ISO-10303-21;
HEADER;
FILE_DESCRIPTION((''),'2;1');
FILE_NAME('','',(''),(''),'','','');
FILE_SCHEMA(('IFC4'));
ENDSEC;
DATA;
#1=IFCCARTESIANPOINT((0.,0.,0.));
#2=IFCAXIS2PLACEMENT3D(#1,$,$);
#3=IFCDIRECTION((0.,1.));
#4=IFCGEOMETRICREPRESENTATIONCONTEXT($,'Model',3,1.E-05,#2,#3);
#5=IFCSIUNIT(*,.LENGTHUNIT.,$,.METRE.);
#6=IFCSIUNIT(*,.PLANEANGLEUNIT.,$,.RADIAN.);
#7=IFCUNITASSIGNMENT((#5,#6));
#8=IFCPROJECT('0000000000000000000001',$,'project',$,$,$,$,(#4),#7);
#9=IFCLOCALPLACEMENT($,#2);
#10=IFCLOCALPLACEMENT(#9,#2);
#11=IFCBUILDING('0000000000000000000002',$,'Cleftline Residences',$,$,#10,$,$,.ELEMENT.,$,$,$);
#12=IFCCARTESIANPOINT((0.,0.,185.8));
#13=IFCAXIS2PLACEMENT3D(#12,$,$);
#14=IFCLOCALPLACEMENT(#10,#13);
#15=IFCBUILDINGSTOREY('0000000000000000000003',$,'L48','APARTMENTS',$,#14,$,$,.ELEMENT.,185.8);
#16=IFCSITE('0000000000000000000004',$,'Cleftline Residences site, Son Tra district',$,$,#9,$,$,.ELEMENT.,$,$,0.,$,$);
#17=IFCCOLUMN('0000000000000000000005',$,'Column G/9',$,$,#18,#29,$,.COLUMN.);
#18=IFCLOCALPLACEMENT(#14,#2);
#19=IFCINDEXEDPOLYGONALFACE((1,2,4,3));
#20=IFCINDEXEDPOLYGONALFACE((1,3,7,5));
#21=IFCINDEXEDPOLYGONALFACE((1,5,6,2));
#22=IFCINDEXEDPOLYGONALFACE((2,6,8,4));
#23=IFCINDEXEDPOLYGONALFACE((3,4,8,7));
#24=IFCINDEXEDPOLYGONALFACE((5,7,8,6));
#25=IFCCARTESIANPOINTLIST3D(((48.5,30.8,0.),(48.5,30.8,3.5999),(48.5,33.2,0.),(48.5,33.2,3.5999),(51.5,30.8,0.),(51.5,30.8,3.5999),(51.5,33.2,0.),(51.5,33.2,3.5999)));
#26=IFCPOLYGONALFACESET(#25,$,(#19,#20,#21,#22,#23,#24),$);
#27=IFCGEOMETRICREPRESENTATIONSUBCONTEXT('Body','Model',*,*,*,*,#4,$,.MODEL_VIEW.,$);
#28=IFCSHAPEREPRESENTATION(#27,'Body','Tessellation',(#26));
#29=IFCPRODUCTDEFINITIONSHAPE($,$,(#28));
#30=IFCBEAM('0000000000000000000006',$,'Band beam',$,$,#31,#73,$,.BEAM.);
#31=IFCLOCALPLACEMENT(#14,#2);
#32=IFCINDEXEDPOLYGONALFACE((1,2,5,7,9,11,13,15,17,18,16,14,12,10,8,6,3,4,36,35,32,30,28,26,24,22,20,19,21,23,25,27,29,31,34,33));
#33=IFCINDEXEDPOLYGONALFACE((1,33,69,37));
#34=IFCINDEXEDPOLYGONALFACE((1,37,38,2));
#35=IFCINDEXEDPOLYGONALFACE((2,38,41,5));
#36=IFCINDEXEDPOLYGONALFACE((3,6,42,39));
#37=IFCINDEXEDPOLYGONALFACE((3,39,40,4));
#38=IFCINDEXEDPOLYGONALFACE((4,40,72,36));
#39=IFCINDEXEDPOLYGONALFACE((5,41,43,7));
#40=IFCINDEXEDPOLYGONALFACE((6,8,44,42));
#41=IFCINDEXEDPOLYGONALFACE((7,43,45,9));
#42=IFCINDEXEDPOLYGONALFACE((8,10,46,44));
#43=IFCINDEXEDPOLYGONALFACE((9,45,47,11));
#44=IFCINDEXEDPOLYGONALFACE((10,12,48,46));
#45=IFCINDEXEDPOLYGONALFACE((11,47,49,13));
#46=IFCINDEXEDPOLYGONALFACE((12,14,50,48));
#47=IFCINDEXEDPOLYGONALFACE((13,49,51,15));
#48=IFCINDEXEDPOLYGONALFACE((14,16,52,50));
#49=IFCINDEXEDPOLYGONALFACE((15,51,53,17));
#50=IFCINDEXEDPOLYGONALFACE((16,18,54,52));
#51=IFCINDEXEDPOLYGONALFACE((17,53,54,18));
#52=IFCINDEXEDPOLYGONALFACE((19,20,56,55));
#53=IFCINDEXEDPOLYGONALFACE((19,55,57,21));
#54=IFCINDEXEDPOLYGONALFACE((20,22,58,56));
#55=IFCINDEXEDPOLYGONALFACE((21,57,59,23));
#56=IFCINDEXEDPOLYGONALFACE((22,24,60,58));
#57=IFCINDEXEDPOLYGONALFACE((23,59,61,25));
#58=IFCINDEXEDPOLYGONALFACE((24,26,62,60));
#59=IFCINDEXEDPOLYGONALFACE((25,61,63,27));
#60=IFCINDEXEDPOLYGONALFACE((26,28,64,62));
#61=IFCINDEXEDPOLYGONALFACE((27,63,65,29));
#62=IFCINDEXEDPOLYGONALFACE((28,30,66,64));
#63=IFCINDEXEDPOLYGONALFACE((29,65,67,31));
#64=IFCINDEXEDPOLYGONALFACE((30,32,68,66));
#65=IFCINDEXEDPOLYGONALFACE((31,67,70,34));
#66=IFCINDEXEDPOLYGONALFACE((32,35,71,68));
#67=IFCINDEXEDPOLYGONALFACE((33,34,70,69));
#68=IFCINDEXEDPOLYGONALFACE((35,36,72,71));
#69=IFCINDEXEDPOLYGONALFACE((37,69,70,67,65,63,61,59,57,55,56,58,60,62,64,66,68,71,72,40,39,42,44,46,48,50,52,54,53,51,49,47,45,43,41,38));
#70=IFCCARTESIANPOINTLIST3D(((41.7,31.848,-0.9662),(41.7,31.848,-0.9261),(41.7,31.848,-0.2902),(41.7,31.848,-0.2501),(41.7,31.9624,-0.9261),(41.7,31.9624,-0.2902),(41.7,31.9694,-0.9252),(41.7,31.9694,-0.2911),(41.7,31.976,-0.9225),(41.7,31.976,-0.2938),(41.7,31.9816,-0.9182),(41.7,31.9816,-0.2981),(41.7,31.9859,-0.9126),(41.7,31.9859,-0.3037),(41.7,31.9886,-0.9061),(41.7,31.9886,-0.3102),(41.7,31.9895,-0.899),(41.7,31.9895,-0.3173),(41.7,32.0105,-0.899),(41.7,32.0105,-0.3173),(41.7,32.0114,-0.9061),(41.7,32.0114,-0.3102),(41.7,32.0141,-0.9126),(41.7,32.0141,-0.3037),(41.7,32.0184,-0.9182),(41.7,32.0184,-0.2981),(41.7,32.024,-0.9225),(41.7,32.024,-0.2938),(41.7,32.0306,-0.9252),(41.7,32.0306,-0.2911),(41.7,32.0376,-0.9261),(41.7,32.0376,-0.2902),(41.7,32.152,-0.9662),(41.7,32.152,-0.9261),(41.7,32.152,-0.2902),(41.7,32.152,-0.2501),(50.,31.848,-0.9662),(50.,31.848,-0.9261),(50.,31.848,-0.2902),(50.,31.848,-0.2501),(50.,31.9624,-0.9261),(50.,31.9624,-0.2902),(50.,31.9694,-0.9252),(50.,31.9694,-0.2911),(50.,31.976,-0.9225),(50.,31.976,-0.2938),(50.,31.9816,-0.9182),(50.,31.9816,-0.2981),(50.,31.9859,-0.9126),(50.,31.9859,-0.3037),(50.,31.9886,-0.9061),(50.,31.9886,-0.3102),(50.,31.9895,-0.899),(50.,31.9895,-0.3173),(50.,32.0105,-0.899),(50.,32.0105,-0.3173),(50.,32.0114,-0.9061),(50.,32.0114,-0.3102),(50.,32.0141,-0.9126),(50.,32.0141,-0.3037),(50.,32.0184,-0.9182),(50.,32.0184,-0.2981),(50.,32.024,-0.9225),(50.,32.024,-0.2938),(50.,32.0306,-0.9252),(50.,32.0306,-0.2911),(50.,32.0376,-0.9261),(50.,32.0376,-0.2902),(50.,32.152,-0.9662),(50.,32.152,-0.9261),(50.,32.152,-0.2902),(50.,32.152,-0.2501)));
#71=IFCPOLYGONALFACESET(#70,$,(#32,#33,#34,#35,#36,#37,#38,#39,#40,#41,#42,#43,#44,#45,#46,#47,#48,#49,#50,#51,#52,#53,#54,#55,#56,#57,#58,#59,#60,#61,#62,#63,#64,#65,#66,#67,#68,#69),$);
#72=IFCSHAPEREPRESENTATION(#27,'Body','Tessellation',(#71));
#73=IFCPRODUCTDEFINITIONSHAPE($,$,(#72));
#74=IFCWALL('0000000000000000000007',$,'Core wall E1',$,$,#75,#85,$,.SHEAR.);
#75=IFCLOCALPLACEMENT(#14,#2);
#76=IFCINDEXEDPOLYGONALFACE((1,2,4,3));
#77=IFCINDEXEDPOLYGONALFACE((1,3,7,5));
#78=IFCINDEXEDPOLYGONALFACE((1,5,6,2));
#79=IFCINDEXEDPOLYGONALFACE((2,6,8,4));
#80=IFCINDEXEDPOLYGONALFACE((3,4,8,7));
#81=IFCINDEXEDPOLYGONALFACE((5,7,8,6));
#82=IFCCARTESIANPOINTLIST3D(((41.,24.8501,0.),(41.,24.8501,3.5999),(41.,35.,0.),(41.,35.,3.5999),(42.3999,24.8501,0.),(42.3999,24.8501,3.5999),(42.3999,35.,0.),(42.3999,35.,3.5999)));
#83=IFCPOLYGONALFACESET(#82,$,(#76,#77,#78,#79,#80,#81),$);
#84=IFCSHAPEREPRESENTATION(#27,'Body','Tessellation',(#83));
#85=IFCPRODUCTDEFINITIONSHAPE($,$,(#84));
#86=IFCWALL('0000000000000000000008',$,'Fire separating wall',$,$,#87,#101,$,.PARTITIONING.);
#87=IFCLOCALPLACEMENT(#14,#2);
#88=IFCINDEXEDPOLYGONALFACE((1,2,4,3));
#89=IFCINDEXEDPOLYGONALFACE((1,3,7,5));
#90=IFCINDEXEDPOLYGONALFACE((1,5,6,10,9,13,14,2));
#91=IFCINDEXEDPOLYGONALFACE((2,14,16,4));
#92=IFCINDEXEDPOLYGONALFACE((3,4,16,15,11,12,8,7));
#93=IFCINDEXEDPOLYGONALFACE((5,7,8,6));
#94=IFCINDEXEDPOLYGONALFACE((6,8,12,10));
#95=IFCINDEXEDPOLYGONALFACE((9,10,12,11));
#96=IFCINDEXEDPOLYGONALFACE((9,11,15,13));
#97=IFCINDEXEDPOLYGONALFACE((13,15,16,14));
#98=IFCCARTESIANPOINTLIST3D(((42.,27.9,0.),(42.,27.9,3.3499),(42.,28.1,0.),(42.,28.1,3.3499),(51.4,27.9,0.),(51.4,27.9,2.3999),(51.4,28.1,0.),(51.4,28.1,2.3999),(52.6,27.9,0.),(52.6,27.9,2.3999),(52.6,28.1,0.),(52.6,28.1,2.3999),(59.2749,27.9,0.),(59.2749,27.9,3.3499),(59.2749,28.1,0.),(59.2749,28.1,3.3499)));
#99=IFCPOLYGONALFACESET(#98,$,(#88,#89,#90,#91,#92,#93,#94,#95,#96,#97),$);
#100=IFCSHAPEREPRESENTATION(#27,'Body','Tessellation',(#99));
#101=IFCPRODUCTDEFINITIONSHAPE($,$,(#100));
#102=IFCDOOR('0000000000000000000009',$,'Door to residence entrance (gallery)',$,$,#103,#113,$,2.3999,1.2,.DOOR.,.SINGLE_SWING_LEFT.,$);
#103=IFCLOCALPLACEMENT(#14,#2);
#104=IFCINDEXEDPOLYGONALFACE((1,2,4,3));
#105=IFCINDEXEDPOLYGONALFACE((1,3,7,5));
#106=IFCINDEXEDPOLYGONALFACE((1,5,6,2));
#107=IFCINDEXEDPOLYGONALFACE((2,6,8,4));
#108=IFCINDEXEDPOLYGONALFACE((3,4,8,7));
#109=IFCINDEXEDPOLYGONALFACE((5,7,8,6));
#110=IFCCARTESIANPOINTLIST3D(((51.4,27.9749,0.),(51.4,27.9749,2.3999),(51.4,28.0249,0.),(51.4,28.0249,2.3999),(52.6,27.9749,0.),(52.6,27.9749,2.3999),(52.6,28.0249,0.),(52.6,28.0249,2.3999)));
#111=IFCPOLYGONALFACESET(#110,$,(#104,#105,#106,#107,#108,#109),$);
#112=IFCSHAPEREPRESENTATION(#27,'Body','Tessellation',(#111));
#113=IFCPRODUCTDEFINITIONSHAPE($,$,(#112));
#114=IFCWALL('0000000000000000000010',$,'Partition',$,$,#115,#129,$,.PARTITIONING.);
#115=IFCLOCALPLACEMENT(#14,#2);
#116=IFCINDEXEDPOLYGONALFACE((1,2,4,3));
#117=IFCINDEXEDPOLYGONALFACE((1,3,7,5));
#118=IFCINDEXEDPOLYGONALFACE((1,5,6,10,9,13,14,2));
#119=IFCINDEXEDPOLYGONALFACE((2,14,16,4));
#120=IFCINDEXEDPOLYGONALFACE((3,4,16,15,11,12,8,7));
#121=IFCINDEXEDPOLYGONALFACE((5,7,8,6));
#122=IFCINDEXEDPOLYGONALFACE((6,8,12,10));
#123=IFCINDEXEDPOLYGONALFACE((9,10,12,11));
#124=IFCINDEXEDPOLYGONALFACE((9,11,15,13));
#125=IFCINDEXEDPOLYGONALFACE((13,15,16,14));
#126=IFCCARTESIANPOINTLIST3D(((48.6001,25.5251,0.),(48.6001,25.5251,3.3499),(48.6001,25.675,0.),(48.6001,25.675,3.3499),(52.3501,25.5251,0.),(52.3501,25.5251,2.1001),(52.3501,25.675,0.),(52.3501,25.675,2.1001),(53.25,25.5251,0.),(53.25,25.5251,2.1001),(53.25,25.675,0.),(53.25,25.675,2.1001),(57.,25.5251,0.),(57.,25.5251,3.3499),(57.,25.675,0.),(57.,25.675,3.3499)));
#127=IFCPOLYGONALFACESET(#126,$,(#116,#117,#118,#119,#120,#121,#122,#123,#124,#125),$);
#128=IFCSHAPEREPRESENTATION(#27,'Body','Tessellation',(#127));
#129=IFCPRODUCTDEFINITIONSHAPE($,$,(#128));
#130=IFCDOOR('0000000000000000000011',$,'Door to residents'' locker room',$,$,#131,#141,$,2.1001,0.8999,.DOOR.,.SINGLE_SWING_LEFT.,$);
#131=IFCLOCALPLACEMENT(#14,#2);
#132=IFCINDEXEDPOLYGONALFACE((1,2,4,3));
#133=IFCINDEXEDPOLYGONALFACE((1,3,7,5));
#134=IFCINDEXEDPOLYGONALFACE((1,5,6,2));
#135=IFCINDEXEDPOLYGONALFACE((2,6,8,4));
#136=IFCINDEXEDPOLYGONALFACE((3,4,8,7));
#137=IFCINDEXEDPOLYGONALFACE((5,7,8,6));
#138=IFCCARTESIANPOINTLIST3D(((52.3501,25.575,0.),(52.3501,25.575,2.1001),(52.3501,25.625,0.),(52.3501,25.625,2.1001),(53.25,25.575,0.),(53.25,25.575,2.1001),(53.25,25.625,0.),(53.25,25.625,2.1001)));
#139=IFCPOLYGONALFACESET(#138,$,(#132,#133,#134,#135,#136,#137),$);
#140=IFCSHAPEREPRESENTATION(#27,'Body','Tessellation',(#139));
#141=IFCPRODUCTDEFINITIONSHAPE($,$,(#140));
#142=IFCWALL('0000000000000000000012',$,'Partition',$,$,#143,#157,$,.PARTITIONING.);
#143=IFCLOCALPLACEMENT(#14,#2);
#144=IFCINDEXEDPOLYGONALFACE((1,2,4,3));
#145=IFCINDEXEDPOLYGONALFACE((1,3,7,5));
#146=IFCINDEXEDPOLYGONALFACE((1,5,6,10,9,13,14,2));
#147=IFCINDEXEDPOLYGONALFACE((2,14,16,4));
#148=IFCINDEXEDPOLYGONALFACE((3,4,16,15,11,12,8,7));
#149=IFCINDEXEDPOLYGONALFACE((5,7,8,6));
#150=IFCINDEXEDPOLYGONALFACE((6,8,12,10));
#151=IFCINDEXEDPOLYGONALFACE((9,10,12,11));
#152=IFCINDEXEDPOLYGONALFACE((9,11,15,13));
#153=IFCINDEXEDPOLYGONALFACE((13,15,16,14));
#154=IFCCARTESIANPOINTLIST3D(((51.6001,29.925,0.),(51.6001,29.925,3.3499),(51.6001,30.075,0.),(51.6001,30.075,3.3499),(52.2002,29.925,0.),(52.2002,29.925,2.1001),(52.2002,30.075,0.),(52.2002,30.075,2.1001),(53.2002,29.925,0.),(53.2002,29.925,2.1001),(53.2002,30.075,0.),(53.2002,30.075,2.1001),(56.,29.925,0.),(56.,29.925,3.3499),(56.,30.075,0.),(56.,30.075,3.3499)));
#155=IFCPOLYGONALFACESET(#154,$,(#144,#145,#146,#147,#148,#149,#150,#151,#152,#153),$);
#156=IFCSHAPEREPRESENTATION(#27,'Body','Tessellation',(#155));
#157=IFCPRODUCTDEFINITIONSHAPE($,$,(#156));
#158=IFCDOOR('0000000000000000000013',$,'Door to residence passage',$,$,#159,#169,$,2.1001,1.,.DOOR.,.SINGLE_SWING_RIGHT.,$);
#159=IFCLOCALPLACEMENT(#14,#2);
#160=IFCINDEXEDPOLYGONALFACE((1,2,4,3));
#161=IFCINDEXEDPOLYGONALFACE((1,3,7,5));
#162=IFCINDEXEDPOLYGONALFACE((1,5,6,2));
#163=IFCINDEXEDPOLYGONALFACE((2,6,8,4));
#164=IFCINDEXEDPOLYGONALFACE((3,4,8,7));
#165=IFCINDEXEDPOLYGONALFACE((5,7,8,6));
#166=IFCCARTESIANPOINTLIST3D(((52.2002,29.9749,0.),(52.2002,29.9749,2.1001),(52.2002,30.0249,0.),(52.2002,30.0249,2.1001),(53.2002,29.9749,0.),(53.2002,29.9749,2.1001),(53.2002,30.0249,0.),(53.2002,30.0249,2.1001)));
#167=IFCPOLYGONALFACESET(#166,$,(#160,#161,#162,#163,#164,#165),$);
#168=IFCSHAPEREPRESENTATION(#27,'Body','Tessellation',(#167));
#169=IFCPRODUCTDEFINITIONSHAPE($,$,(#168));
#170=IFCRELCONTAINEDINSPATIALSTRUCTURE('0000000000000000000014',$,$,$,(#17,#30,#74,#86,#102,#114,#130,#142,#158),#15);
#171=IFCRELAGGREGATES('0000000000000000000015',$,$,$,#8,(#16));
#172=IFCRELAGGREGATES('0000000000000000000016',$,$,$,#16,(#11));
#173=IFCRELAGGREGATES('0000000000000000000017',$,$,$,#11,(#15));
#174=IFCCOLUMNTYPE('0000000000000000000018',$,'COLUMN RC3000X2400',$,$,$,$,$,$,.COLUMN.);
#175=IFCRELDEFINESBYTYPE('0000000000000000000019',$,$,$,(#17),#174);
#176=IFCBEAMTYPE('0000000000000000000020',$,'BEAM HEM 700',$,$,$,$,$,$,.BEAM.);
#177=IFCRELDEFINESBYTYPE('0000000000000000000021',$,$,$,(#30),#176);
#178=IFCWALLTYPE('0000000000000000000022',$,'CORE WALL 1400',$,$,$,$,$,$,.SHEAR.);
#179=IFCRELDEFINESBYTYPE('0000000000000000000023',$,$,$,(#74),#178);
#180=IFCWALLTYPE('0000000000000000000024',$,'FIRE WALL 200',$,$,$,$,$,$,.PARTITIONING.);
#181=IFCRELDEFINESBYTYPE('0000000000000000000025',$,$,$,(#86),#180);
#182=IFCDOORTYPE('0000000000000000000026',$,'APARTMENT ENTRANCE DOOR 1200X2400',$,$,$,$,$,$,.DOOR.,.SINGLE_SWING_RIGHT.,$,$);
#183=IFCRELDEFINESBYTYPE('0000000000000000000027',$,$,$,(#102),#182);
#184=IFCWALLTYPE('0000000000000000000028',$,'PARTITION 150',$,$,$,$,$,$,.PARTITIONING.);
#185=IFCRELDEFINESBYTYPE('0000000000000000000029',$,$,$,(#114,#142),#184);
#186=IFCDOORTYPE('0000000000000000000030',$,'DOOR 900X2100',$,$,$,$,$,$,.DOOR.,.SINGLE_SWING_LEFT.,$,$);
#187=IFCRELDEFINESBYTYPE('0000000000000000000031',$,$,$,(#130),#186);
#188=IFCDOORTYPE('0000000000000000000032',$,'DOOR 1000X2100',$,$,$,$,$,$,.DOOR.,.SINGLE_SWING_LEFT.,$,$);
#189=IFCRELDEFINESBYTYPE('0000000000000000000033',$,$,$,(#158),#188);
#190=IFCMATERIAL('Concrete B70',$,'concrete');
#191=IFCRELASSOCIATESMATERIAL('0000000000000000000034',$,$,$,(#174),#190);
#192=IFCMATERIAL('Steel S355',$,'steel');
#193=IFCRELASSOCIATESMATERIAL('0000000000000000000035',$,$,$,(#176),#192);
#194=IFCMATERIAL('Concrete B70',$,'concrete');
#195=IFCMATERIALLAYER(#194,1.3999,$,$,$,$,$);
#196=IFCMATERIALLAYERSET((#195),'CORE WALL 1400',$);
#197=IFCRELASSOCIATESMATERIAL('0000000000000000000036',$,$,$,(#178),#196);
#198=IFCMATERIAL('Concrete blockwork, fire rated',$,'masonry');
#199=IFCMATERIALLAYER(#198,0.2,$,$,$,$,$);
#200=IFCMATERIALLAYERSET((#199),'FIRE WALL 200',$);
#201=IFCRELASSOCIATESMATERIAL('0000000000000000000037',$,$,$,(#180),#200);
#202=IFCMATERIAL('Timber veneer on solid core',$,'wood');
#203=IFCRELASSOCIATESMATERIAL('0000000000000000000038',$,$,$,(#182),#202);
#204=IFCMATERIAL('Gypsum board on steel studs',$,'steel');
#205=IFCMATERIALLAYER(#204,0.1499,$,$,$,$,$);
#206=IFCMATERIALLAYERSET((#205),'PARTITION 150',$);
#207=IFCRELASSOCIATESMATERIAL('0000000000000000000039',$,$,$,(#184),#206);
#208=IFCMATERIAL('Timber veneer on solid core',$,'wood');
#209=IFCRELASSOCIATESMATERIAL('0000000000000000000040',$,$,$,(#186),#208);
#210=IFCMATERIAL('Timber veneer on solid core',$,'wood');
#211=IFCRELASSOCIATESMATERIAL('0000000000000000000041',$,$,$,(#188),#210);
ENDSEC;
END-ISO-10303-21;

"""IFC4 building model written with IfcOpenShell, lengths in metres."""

from ifc_helpers import new_model, si_unit, direction, frame, frame_2d, origin, origin_2d, place, context, subcontext, project, spatial, rectangle, i_section, extrude, material, layer, layer_set, material_profile, profile_set, type_object, element, fill, save


model = new_model("IFC4")

# Units and contexts
model_context = context("Model", 3, precision=1e-05, world=origin(), true_north=direction((0.0, 1.0)))
body_context = subcontext(model_context, "Body", "Model", "MODEL_VIEW")
ifc_project = project(units=[si_unit("LENGTHUNIT", "METRE"), si_unit("PLANEANGLEUNIT", "RADIAN")], contexts=[model_context])

# Site, building, storey
site_placement = place(None, origin())
site = spatial("IfcSite", under=ifc_project, at=site_placement, Name="Cleftline Residences site, Son Tra district", CompositionType="ELEMENT", RefElevation=0.0)
building_placement = place(site_placement, origin())
building = spatial("IfcBuilding", under=site, at=building_placement, Name="Cleftline Residences", CompositionType="ELEMENT")
storey_placement = place(building_placement, frame((0.0, 0.0, 185.8)))
storey = spatial("IfcBuildingStorey", under=building, at=storey_placement, Name="L48", Description="APARTMENTS", CompositionType="ELEMENT", Elevation=185.8)

# Column
ifc_material_1 = material(Name="Concrete B70", Category="concrete")
ifc_material_profile_1 = material_profile(ifc_material_1, rectangle(XDim=3.0, YDim=2.3999, at=origin_2d()))
ifc_profile_set_1 = profile_set([ifc_material_profile_1], Name="Concrete B70")
column_type = type_object("IfcColumnType", Name="COLUMN RC3000X2400", PredefinedType="COLUMN", material=ifc_profile_set_1)
column_placement = place(storey_placement, frame((50.0, 32.0, 0.0), z_axis=(0.0, 0.0, 1.0), x_axis=(1.0, 0.0, 0.0)))
element("IfcColumn", 1, at=column_placement, inside=storey, type_object=column_type, Name="Column G/9", PredefinedType="COLUMN", context=body_context, shape_type="SweptSolid", body=[
    extrude(rectangle(XDim=3.0, YDim=2.3999, at=origin_2d()), origin(), (0.0, 0.0, 1.0), 3.5999),
])

# Beam
ifc_material_2 = material(Name="Steel S355", Category="steel")
ifc_material_profile_2 = material_profile(ifc_material_2, i_section(OverallWidth=0.304, OverallDepth=0.7161, WebThickness=0.021, FlangeThickness=0.04, FilletRadius=0.0271, at=origin_2d()))
ifc_profile_set_2 = profile_set([ifc_material_profile_2], Name="Steel S355")
beam_type = type_object("IfcBeamType", Name="BEAM HEM 700", PredefinedType="BEAM", material=ifc_profile_set_2)
beam_placement = place(storey_placement, frame((50.0, 32.0, -0.6082), z_axis=(-1.0, 0.0, 0.0), x_axis=(0.0, -1.0, 0.0)))
element("IfcBeam", 2, at=beam_placement, inside=storey, type_object=beam_type, Name="Band beam", PredefinedType="BEAM", context=body_context, shape_type="SweptSolid", body=[
    extrude(i_section(OverallWidth=0.304, OverallDepth=0.7161, WebThickness=0.021, FlangeThickness=0.04, FilletRadius=0.0271, at=origin_2d()), origin(), (0.0, 0.0, 1.0), 8.3),
])

# Wall
ifc_material_3 = material(Name="Concrete B70", Category="concrete")
ifc_layer_1 = layer(ifc_material_3, 1.3999)
ifc_layer_set_1 = layer_set([ifc_layer_1], Name="CORE WALL 1400")
wall_type_1 = type_object("IfcWallType", Name="CORE WALL 1400", PredefinedType="SHEAR", material=ifc_layer_set_1)
wall_1_placement = place(storey_placement, frame((41.7, 24.8501, 0.0), z_axis=(0.0, 0.0, 1.0), x_axis=(0.0, 1.0, 0.0)))
element("IfcWall", 3, at=wall_1_placement, inside=storey, type_object=wall_type_1, Name="Core wall E1", PredefinedType="SHEAR", context=body_context, shape_type="SweptSolid", body=[
    extrude(rectangle(XDim=10.1499, YDim=1.3999, at=frame_2d((5.075, 0.0))), origin(), (0.0, 0.0, 1.0), 3.5999),
])

# Walls, openings, doors
ifc_material_4 = material(Name="Concrete blockwork, fire rated", Category="masonry")
ifc_layer_2 = layer(ifc_material_4, 0.2)
ifc_layer_set_2 = layer_set([ifc_layer_2], Name="FIRE WALL 200")
wall_type_2 = type_object("IfcWallType", Name="FIRE WALL 200", PredefinedType="PARTITIONING", material=ifc_layer_set_2)
wall_2_placement = place(storey_placement, frame((42.0, 28.0, 0.0), z_axis=(0.0, 0.0, 1.0), x_axis=(1.0, 0.0, 0.0)))
wall_2 = element("IfcWall", 4, at=wall_2_placement, inside=storey, type_object=wall_type_2, Name="Fire separating wall", PredefinedType="PARTITIONING", context=body_context, shape_type="SweptSolid", body=[
    extrude(rectangle(XDim=17.2749, YDim=0.2, at=frame_2d((8.6375, 0.0))), origin(), (0.0, 0.0, 1.0), 3.3499),
])
opening_1_placement = place(wall_2_placement, frame((9.3999, 0.0, 0.0)))
opening_1 = element("IfcOpeningElement", 5, at=opening_1_placement, cuts=wall_2, PredefinedType="OPENING", context=body_context, shape_type="SweptSolid", body=[
    extrude(rectangle(XDim=1.2, YDim=2.3999, at=frame_2d((0.6001, 1.2))), frame((0.0, 0.1099, 0.0), z_axis=(0.0, -1.0, 0.0), x_axis=(1.0, 0.0, 0.0)), (0.0, 0.0, 1.0), 0.22),
])
ifc_material_5 = material(Name="Timber veneer on solid core", Category="wood")
door_type_1 = type_object("IfcDoorType", Name="APARTMENT ENTRANCE DOOR 1200X2400", OperationType="SINGLE_SWING_RIGHT", PredefinedType="DOOR", material=ifc_material_5)
door_1_placement = place(opening_1_placement, origin())
door_1 = element("IfcDoor", 6, at=door_1_placement, inside=storey, type_object=door_type_1, Name="Door to residence entrance (gallery)", OperationType="SINGLE_SWING_LEFT", OverallHeight=2.3999, OverallWidth=1.2, PredefinedType="DOOR", context=body_context, shape_type="SweptSolid", body=[
    extrude(rectangle(XDim=1.2, YDim=2.3999, at=frame_2d((0.6001, 1.2))), frame((0.0, 0.0249, 0.0), z_axis=(0.0, -1.0, 0.0), x_axis=(1.0, 0.0, 0.0)), (0.0, 0.0, 1.0), 0.05),
])
fill(opening_1, door_1)
ifc_material_6 = material(Name="Gypsum board on steel studs", Category="steel")
ifc_layer_3 = layer(ifc_material_6, 0.1499)
ifc_layer_set_3 = layer_set([ifc_layer_3], Name="PARTITION 150")
wall_type_3 = type_object("IfcWallType", Name="PARTITION 150", PredefinedType="PARTITIONING", material=ifc_layer_set_3)
wall_3_placement = place(storey_placement, frame((48.6001, 25.6001, 0.0), z_axis=(0.0, 0.0, 1.0), x_axis=(1.0, 0.0, 0.0)))
wall_3 = element("IfcWall", 7, at=wall_3_placement, inside=storey, type_object=wall_type_3, Name="Partition", PredefinedType="PARTITIONING", context=body_context, shape_type="SweptSolid", body=[
    extrude(rectangle(XDim=8.3999, YDim=0.1499, at=frame_2d((4.2, 0.0))), origin(), (0.0, 0.0, 1.0), 3.3499),
])
opening_2_placement = place(wall_3_placement, frame((3.75, 0.0, 0.0)))
opening_2 = element("IfcOpeningElement", 8, at=opening_2_placement, cuts=wall_3, PredefinedType="OPENING", context=body_context, shape_type="SweptSolid", body=[
    extrude(rectangle(XDim=0.8999, YDim=2.1001, at=frame_2d((0.45, 1.05))), frame((0.0, 0.085, 0.0), z_axis=(0.0, -1.0, 0.0), x_axis=(1.0, 0.0, 0.0)), (0.0, 0.0, 1.0), 0.1699),
])
ifc_material_7 = material(Name="Timber veneer on solid core", Category="wood")
door_type_2 = type_object("IfcDoorType", Name="DOOR 900X2100", OperationType="SINGLE_SWING_LEFT", PredefinedType="DOOR", material=ifc_material_7)
door_2_placement = place(opening_2_placement, origin())
door_2 = element("IfcDoor", 9, at=door_2_placement, inside=storey, type_object=door_type_2, Name="Door to residents' locker room", OperationType="SINGLE_SWING_LEFT", OverallHeight=2.1001, OverallWidth=0.8999, PredefinedType="DOOR", context=body_context, shape_type="SweptSolid", body=[
    extrude(rectangle(XDim=0.8999, YDim=2.1001, at=frame_2d((0.45, 1.05))), frame((0.0, 0.0249, 0.0), z_axis=(0.0, -1.0, 0.0), x_axis=(1.0, 0.0, 0.0)), (0.0, 0.0, 1.0), 0.05),
])
fill(opening_2, door_2)
wall_4_placement = place(storey_placement, frame((51.6001, 30.0, 0.0), z_axis=(0.0, 0.0, 1.0), x_axis=(1.0, 0.0, 0.0)))
wall_4 = element("IfcWall", 10, at=wall_4_placement, inside=storey, type_object=wall_type_3, Name="Partition", PredefinedType="PARTITIONING", context=body_context, shape_type="SweptSolid", body=[
    extrude(rectangle(XDim=4.3999, YDim=0.1499, at=frame_2d((2.2, 0.0))), origin(), (0.0, 0.0, 1.0), 3.3499),
])
opening_3_placement = place(wall_4_placement, frame((0.6001, 0.0, 0.0)))
opening_3 = element("IfcOpeningElement", 11, at=opening_3_placement, cuts=wall_4, PredefinedType="OPENING", context=body_context, shape_type="SweptSolid", body=[
    extrude(rectangle(XDim=1.0, YDim=2.1001, at=frame_2d((0.5, 1.05))), frame((0.0, 0.085, 0.0), z_axis=(0.0, -1.0, 0.0), x_axis=(1.0, 0.0, 0.0)), (0.0, 0.0, 1.0), 0.1699),
])
ifc_material_8 = material(Name="Timber veneer on solid core", Category="wood")
door_type_3 = type_object("IfcDoorType", Name="DOOR 1000X2100", OperationType="SINGLE_SWING_LEFT", PredefinedType="DOOR", material=ifc_material_8)
door_3_placement = place(opening_3_placement, origin())
door_3 = element("IfcDoor", 12, at=door_3_placement, inside=storey, type_object=door_type_3, Name="Door to residence passage", OperationType="SINGLE_SWING_RIGHT", OverallHeight=2.1001, OverallWidth=1.0, PredefinedType="DOOR", context=body_context, shape_type="SweptSolid", body=[
    extrude(rectangle(XDim=1.0, YDim=2.1001, at=frame_2d((0.5, 1.05))), frame((0.0, 0.0249, 0.0), z_axis=(0.0, -1.0, 0.0), x_axis=(1.0, 0.0, 0.0)), (0.0, 0.0, 1.0), 0.05),
])
fill(opening_3, door_3)

save(model, "model.ifc")
